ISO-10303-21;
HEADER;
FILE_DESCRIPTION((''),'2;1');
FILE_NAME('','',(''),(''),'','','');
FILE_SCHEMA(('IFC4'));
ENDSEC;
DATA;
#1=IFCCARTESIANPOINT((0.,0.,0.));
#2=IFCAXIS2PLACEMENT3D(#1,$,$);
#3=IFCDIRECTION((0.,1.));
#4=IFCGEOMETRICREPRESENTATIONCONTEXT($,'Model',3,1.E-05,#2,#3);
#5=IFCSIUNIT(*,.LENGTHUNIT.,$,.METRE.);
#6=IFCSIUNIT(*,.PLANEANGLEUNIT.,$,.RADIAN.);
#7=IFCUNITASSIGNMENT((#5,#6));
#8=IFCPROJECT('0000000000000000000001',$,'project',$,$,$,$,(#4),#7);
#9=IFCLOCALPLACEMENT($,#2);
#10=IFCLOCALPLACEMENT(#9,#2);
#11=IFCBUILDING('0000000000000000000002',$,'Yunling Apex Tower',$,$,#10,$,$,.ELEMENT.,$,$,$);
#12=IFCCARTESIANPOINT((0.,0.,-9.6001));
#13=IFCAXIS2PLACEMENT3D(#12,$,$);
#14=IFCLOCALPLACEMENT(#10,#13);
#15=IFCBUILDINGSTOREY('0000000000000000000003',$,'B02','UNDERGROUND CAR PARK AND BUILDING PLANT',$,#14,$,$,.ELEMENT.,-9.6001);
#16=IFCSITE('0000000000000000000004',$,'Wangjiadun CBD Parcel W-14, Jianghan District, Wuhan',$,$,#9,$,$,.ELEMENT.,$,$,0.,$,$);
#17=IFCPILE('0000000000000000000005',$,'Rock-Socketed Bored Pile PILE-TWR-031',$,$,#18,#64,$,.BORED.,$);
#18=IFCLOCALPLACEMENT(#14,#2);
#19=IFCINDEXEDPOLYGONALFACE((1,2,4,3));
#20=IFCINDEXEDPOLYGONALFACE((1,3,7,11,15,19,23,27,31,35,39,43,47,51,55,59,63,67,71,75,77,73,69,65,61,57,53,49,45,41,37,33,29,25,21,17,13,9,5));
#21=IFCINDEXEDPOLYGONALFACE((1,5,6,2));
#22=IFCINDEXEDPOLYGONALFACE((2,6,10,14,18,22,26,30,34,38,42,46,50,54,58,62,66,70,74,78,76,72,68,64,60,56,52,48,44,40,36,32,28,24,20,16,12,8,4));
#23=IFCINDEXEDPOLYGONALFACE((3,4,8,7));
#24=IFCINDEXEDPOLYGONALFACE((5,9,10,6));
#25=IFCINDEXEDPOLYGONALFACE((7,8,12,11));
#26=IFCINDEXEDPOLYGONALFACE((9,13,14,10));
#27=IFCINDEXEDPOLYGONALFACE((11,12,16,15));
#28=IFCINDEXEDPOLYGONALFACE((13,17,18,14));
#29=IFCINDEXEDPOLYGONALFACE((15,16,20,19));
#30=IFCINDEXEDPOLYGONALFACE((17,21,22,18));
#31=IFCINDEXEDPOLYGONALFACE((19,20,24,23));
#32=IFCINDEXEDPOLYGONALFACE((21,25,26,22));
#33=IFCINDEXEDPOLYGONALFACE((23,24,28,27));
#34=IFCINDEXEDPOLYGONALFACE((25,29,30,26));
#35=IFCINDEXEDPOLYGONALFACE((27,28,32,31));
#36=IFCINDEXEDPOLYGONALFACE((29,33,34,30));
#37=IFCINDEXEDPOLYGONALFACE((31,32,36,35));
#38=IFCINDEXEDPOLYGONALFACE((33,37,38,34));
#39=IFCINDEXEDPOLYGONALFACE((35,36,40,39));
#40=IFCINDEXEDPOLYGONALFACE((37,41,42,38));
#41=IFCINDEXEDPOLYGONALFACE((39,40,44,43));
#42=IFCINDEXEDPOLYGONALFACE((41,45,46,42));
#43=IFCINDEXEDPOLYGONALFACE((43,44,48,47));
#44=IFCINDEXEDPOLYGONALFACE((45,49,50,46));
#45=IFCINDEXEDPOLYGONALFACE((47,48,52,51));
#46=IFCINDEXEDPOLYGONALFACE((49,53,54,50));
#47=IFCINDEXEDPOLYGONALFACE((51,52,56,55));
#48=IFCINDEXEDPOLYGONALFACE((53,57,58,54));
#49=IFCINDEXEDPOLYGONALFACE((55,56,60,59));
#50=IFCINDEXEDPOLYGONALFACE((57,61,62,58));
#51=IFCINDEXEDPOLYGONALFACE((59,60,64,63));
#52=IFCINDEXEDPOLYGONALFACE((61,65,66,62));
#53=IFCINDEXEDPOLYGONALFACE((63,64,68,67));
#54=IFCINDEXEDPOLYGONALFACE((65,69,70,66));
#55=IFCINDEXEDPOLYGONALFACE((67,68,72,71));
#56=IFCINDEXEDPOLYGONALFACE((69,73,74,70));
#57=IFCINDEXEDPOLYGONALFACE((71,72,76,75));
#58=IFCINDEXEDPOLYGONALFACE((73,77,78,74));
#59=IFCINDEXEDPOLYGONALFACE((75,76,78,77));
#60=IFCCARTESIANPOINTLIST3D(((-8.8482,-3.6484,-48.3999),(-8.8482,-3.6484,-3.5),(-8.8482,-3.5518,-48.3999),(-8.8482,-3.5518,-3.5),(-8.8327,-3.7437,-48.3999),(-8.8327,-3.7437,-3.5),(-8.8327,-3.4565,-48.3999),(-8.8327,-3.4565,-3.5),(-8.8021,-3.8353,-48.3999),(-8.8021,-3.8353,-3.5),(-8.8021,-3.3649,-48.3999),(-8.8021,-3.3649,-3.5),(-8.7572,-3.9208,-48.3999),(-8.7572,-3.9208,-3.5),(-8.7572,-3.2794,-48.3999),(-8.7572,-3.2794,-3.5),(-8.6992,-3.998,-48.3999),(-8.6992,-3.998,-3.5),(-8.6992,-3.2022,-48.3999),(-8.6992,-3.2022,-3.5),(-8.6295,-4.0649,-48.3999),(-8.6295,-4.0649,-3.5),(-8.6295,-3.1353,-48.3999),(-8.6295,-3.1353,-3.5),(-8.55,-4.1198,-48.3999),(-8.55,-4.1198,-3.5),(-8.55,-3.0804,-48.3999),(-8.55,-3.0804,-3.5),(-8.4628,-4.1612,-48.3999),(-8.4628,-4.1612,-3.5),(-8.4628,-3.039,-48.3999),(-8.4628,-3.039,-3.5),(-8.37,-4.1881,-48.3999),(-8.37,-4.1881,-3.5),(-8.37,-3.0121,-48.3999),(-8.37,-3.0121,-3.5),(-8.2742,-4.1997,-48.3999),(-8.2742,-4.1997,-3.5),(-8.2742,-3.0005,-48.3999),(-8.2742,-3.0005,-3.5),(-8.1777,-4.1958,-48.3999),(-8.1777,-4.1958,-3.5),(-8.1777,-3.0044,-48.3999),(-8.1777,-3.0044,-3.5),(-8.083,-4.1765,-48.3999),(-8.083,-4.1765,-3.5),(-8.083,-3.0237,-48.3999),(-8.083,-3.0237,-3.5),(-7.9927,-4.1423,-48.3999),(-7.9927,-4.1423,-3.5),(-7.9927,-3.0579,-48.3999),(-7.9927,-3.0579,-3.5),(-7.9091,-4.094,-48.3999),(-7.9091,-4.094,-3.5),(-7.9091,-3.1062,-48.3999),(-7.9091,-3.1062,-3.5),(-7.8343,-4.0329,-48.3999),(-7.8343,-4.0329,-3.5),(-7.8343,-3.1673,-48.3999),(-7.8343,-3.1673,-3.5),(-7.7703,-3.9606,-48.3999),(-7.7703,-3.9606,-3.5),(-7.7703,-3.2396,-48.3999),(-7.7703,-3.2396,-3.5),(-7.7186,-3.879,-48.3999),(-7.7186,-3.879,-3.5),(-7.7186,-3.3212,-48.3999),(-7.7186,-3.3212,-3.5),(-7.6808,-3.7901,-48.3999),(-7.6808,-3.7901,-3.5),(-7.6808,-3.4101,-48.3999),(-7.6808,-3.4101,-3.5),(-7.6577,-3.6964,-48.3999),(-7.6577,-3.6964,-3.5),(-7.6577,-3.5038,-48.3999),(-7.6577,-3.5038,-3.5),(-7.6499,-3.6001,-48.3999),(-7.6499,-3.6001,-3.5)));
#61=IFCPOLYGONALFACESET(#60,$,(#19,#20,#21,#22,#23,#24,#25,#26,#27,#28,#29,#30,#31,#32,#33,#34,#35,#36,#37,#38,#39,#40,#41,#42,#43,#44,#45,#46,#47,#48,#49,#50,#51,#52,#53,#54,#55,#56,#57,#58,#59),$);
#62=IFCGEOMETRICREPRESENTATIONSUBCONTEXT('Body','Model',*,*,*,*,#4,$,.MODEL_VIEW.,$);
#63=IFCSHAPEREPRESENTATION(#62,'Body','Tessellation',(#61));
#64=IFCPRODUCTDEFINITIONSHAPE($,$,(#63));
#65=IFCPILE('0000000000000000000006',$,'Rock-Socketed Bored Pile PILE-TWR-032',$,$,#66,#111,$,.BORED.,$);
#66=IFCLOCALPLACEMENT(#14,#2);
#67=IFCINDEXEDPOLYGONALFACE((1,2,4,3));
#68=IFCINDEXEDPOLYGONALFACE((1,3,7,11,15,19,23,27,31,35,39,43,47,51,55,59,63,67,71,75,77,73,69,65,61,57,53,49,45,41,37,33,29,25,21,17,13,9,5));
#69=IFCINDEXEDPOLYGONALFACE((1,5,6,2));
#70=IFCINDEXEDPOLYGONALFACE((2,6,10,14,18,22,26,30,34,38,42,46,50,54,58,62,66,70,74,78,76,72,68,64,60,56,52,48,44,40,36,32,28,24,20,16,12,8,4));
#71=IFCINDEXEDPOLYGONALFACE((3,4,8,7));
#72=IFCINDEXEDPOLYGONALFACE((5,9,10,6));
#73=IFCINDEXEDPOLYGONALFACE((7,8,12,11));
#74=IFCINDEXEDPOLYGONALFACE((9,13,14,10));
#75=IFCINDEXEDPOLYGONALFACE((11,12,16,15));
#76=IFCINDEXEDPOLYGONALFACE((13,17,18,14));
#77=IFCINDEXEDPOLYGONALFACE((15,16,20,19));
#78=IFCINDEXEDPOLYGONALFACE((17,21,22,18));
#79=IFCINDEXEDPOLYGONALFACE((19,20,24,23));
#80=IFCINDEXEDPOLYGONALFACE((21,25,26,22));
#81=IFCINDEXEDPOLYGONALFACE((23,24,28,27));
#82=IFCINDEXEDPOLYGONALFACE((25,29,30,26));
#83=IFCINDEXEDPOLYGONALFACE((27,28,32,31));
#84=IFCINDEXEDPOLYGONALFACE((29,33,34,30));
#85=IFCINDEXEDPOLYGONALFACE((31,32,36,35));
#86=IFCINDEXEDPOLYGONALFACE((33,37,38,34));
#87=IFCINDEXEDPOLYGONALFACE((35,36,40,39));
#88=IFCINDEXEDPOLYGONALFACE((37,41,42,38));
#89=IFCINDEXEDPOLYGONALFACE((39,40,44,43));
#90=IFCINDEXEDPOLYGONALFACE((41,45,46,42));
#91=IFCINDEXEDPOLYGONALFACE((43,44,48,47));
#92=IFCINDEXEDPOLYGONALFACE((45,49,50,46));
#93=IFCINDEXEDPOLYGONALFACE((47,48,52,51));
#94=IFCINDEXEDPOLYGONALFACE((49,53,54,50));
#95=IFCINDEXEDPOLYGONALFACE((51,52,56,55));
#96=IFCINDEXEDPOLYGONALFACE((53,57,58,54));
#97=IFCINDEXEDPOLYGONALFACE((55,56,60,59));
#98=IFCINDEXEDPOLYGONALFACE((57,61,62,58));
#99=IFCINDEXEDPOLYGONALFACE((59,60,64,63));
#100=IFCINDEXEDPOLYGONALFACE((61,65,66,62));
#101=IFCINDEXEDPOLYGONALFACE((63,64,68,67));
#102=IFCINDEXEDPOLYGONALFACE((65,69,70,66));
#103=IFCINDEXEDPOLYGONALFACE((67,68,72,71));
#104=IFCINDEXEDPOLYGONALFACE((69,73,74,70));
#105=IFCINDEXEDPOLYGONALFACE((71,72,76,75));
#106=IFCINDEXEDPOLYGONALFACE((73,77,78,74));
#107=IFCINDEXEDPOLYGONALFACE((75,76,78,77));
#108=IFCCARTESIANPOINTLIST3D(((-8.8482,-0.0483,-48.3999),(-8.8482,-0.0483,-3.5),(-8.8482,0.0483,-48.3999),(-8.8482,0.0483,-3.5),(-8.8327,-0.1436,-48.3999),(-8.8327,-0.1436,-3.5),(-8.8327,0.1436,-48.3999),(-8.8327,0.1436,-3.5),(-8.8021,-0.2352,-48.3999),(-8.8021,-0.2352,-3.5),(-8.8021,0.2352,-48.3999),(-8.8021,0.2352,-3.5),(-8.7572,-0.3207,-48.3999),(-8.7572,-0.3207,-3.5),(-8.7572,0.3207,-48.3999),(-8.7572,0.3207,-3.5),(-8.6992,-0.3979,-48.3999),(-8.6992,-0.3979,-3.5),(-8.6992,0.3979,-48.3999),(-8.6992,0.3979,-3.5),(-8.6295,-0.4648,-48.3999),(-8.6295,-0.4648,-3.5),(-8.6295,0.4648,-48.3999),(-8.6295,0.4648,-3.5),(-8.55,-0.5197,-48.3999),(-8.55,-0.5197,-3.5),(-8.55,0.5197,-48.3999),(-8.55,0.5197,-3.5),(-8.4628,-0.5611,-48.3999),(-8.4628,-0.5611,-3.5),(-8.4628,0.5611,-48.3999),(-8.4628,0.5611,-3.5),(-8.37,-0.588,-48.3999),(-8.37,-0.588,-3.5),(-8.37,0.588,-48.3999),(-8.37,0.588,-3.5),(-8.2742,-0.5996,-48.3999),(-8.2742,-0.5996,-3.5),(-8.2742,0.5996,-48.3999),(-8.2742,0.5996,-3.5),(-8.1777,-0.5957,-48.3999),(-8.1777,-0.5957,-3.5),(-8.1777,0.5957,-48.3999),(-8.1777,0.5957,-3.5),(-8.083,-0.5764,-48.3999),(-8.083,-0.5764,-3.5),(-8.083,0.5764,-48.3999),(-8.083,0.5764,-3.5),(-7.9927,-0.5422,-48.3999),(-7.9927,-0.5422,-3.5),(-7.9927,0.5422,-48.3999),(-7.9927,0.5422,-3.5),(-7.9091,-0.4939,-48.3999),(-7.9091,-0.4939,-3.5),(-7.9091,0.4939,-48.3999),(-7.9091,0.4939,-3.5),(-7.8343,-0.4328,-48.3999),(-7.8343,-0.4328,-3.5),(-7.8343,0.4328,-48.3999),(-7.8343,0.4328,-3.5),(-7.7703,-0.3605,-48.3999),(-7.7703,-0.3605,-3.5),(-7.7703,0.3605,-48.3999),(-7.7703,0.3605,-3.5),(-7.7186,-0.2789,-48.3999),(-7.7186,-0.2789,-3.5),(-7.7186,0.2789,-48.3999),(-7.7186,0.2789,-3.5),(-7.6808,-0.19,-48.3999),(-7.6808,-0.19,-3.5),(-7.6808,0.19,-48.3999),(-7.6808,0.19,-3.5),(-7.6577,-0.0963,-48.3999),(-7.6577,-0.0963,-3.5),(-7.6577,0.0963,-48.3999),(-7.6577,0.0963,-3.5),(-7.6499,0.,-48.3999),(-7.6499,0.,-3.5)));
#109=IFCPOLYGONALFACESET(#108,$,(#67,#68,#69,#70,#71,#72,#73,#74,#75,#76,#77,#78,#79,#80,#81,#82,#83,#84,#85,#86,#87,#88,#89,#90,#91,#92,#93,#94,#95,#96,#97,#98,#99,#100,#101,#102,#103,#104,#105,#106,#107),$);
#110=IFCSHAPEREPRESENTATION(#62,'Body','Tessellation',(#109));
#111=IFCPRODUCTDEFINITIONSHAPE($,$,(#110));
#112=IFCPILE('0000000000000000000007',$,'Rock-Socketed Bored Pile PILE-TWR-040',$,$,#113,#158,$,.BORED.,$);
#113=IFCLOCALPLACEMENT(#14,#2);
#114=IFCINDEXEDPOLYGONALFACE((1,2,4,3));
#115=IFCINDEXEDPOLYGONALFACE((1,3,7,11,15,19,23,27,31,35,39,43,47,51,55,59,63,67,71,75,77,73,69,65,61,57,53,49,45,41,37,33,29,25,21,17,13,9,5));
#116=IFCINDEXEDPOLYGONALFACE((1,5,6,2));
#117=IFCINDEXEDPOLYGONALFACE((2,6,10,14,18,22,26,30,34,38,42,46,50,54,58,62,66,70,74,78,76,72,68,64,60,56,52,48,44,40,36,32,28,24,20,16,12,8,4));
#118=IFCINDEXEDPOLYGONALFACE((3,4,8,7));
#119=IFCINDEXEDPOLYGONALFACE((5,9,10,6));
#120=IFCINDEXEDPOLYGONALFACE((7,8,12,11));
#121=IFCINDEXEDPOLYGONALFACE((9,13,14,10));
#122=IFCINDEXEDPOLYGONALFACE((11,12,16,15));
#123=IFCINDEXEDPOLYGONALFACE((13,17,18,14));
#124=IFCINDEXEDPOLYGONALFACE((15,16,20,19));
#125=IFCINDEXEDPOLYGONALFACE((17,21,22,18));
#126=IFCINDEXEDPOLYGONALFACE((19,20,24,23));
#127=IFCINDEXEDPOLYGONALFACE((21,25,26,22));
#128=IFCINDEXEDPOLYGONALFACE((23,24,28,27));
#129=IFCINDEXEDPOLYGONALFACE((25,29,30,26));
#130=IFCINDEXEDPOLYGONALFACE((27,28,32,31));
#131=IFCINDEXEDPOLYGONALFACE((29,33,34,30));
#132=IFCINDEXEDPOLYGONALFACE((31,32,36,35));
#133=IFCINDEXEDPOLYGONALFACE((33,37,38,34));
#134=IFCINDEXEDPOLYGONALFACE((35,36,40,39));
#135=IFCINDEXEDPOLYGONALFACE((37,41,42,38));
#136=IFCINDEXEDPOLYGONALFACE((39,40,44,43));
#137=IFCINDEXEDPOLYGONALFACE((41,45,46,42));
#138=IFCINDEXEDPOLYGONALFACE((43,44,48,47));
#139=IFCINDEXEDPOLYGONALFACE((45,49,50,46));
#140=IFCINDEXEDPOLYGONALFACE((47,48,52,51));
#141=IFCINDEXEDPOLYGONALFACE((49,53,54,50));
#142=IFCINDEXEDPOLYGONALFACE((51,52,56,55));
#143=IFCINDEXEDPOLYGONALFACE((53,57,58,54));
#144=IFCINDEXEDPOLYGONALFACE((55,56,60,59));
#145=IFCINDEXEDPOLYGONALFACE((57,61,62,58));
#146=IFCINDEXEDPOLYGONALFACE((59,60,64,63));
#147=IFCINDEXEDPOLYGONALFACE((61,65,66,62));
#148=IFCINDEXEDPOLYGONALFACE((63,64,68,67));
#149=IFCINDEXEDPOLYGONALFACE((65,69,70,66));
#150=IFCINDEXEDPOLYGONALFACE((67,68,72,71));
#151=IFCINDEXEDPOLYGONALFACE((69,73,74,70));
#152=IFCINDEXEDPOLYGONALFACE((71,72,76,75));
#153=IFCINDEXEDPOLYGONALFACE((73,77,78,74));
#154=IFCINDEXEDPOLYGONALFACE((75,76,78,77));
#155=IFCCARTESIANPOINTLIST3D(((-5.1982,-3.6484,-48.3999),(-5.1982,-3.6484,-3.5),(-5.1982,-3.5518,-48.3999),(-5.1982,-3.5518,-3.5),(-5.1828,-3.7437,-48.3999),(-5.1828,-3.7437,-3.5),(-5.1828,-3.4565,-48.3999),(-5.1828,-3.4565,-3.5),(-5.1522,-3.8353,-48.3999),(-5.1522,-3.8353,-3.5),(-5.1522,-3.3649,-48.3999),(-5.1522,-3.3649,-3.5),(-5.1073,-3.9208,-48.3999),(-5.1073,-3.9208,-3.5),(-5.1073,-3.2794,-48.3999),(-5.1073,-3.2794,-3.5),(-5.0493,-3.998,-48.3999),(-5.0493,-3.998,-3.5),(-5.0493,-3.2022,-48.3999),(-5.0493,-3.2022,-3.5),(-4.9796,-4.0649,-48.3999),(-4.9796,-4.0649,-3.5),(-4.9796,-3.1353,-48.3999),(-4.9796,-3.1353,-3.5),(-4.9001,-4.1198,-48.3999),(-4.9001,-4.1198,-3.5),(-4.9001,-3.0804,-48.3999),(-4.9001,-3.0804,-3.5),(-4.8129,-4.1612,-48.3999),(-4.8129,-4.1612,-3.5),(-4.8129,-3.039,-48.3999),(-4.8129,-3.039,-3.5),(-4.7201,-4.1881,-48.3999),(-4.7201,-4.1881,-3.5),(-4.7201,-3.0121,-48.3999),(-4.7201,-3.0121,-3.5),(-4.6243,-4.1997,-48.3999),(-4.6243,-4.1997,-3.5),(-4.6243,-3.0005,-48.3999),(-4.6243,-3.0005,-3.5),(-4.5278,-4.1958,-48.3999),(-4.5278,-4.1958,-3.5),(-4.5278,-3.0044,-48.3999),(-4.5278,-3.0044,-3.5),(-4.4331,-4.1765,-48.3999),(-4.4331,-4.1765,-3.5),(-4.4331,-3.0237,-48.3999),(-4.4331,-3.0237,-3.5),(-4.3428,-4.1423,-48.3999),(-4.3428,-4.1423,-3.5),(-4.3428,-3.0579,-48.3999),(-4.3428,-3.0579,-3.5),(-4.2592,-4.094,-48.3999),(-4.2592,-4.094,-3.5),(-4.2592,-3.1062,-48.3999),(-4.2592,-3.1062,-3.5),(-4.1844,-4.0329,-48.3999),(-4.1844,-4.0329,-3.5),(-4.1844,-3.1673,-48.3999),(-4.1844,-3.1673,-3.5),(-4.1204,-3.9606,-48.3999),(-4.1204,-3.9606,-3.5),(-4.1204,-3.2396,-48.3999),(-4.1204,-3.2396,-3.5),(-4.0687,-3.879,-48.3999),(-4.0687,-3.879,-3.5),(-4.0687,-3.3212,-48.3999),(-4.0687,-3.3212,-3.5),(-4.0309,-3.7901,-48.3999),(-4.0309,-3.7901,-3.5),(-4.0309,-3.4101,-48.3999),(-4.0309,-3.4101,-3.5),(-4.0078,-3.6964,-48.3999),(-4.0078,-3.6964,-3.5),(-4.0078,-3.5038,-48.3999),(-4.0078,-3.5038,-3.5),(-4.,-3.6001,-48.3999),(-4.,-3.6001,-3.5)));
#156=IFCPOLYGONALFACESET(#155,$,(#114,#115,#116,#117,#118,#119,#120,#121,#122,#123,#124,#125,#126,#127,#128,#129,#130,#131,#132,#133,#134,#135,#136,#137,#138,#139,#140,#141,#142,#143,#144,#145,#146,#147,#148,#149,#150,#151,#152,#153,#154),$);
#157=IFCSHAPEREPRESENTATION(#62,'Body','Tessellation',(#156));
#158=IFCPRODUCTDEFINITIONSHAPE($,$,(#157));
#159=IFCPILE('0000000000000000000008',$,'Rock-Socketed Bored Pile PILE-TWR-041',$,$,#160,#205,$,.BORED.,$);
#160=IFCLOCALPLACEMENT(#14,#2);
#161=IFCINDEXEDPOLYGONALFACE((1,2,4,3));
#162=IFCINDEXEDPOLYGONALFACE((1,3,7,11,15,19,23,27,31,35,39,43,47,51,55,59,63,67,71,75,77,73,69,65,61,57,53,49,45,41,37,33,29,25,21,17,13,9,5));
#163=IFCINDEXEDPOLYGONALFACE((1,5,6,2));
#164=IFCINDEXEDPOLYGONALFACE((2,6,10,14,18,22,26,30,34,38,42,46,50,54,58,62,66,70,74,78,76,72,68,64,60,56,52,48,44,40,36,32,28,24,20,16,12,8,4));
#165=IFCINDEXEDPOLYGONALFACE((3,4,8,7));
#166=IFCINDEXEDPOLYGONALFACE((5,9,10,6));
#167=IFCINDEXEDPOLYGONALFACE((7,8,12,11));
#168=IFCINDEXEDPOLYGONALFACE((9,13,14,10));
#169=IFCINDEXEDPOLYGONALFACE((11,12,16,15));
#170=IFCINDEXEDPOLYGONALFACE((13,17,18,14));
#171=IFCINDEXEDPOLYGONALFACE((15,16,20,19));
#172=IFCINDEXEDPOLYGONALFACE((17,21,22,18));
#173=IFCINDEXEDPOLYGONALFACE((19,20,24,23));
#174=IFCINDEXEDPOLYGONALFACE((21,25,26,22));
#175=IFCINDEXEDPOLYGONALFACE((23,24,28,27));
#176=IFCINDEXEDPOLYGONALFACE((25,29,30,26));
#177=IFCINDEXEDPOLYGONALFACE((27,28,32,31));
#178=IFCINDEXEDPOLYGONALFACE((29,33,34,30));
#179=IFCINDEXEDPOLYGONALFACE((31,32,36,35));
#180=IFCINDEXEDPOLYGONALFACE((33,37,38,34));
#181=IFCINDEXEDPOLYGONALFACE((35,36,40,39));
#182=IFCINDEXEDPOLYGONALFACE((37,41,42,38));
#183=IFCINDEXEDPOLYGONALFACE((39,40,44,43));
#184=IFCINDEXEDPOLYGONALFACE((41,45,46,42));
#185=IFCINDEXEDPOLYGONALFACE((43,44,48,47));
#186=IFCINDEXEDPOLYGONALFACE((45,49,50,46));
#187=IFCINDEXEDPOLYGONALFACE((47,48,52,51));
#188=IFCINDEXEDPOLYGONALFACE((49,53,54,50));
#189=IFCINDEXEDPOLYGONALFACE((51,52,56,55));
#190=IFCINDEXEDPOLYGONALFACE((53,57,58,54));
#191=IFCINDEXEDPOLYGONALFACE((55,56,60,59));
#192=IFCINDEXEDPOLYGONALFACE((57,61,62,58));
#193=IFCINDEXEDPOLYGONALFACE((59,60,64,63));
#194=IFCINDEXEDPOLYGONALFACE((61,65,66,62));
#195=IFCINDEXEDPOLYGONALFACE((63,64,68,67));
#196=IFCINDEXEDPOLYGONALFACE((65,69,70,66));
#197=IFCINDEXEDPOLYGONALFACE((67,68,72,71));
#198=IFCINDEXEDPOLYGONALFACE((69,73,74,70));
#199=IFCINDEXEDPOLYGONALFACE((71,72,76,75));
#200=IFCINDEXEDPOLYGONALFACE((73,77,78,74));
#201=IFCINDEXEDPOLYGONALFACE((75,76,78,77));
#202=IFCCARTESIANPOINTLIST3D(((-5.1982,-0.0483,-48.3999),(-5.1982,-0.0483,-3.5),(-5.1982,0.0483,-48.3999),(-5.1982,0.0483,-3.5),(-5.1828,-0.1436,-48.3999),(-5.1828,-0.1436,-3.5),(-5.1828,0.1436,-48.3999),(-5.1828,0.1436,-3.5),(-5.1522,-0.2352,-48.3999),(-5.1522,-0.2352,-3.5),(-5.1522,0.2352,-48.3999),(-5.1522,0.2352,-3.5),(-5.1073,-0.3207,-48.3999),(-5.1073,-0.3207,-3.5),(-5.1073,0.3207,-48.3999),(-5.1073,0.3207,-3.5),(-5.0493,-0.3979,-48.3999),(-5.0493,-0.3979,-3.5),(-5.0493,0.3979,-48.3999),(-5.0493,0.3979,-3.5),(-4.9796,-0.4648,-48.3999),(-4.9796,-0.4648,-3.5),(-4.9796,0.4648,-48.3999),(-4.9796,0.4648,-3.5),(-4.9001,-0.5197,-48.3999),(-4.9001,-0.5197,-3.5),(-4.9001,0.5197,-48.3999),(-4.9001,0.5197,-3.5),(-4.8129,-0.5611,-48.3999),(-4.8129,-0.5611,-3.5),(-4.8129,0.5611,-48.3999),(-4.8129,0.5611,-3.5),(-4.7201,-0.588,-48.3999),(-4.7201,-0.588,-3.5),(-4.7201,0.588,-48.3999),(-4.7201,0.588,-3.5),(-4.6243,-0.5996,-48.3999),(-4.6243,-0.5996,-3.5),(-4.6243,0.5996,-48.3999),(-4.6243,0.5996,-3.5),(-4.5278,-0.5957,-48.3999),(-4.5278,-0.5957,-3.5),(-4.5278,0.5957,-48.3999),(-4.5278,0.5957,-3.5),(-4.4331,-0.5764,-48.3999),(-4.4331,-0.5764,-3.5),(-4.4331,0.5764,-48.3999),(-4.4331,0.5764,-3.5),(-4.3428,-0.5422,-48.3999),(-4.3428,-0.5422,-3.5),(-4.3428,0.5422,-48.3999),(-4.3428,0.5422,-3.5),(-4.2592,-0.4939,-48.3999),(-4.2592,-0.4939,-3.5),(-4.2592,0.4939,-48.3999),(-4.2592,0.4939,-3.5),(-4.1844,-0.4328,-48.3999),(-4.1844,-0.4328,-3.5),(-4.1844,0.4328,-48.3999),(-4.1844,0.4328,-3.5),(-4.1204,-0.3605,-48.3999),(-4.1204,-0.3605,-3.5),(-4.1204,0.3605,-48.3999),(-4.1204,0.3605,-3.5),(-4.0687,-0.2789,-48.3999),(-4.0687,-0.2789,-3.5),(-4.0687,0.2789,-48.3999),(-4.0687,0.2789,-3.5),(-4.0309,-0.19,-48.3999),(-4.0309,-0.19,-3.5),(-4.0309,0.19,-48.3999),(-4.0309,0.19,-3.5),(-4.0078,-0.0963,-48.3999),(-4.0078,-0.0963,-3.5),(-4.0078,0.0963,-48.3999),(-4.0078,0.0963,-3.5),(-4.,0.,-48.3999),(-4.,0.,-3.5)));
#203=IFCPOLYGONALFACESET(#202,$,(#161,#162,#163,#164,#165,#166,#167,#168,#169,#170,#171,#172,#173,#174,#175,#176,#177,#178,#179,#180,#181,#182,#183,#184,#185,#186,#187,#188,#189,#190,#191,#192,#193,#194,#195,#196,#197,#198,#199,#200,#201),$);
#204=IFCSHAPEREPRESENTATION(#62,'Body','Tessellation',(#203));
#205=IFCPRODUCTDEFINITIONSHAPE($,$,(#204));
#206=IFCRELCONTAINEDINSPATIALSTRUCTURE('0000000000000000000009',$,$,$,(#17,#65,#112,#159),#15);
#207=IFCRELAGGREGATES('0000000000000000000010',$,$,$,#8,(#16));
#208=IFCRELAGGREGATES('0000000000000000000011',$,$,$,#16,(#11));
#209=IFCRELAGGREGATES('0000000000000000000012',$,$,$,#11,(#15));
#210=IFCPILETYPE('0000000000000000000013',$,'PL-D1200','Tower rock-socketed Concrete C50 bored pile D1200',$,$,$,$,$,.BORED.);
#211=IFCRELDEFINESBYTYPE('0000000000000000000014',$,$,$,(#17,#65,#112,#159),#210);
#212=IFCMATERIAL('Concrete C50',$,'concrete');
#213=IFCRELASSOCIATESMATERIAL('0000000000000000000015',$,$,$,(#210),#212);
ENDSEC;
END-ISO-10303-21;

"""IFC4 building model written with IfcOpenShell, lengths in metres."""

from ifc_helpers import new_model, si_unit, direction, frame, origin, origin_2d, place, context, subcontext, project, spatial, circle, extrude, source, transform, mapped, material, material_profile, profile_set, type_object, element, save


model = new_model("IFC4")

# Units and contexts
model_context = context("Model", 3, precision=1e-05, world=origin(), true_north=direction((0.0, 1.0)))
body_context = subcontext(model_context, "Body", "Model", "MODEL_VIEW")
ifc_project = project(units=[si_unit("LENGTHUNIT", "METRE"), si_unit("PLANEANGLEUNIT", "RADIAN")], contexts=[model_context])

# Site, building, storey
site_placement = place(None, origin())
site = spatial("IfcSite", under=ifc_project, at=site_placement, Name="Wangjiadun CBD Parcel W-14, Jianghan District, Wuhan", CompositionType="ELEMENT", RefElevation=0.0)
building_placement = place(site_placement, origin())
building = spatial("IfcBuilding", under=site, at=building_placement, Name="Yunling Apex Tower", CompositionType="ELEMENT")
storey_placement = place(building_placement, frame((0.0, 0.0, -9.6001)))
storey = spatial("IfcBuildingStorey", under=building, at=storey_placement, Name="B02", Description="UNDERGROUND CAR PARK AND BUILDING PLANT", CompositionType="ELEMENT", Elevation=-9.6001)

# Piles
ifc_material_1 = material(Name="Concrete C50", Category="concrete")
ifc_material_profile_1 = material_profile(ifc_material_1, circle(Radius=0.6001, at=origin_2d()))
ifc_profile_set_1 = profile_set([ifc_material_profile_1], Name="Concrete C50")
pile_type = type_object("IfcPileType", Name="PL-D1200", Description="Tower rock-socketed Concrete C50 bored pile D1200", PredefinedType="BORED", material=ifc_profile_set_1)
shared_shape_1 = source(origin(), body_context, "Body", "SweptSolid", [
    extrude(circle(Radius=0.6001, at=origin_2d()), origin(), (0.0, 0.0, 1.0), 44.8999),
])
for number, where, z_axis, x_axis, name in (
    (1, (-8.25, -3.6001, -3.5), (0.0, 0.0, -1.0), (1.0, 0.0, 0.0), "Rock-Socketed Bored Pile PILE-TWR-031"),
    (2, (-8.25, 0.0, -3.5), (0.0, 0.0, -1.0), (1.0, 0.0, 0.0), "Rock-Socketed Bored Pile PILE-TWR-032"),
    (3, (-4.6001, -3.6001, -3.5), (0.0, 0.0, -1.0), (1.0, 0.0, 0.0), "Rock-Socketed Bored Pile PILE-TWR-040"),
    (4, (-4.6001, 0.0, -3.5), (0.0, 0.0, -1.0), (1.0, 0.0, 0.0), "Rock-Socketed Bored Pile PILE-TWR-041"),
):
    element("IfcPile", number, at=place(storey_placement, frame(where, z_axis=z_axis, x_axis=x_axis)), inside=storey, type_object=pile_type, Name=name, PredefinedType="BORED", context=body_context, shape_type="MappedRepresentation", body=[
        mapped(shared_shape_1, transform((0.0, 0.0, 0.0), scale=1.0)),
    ])

save(model, "model.ifc")
